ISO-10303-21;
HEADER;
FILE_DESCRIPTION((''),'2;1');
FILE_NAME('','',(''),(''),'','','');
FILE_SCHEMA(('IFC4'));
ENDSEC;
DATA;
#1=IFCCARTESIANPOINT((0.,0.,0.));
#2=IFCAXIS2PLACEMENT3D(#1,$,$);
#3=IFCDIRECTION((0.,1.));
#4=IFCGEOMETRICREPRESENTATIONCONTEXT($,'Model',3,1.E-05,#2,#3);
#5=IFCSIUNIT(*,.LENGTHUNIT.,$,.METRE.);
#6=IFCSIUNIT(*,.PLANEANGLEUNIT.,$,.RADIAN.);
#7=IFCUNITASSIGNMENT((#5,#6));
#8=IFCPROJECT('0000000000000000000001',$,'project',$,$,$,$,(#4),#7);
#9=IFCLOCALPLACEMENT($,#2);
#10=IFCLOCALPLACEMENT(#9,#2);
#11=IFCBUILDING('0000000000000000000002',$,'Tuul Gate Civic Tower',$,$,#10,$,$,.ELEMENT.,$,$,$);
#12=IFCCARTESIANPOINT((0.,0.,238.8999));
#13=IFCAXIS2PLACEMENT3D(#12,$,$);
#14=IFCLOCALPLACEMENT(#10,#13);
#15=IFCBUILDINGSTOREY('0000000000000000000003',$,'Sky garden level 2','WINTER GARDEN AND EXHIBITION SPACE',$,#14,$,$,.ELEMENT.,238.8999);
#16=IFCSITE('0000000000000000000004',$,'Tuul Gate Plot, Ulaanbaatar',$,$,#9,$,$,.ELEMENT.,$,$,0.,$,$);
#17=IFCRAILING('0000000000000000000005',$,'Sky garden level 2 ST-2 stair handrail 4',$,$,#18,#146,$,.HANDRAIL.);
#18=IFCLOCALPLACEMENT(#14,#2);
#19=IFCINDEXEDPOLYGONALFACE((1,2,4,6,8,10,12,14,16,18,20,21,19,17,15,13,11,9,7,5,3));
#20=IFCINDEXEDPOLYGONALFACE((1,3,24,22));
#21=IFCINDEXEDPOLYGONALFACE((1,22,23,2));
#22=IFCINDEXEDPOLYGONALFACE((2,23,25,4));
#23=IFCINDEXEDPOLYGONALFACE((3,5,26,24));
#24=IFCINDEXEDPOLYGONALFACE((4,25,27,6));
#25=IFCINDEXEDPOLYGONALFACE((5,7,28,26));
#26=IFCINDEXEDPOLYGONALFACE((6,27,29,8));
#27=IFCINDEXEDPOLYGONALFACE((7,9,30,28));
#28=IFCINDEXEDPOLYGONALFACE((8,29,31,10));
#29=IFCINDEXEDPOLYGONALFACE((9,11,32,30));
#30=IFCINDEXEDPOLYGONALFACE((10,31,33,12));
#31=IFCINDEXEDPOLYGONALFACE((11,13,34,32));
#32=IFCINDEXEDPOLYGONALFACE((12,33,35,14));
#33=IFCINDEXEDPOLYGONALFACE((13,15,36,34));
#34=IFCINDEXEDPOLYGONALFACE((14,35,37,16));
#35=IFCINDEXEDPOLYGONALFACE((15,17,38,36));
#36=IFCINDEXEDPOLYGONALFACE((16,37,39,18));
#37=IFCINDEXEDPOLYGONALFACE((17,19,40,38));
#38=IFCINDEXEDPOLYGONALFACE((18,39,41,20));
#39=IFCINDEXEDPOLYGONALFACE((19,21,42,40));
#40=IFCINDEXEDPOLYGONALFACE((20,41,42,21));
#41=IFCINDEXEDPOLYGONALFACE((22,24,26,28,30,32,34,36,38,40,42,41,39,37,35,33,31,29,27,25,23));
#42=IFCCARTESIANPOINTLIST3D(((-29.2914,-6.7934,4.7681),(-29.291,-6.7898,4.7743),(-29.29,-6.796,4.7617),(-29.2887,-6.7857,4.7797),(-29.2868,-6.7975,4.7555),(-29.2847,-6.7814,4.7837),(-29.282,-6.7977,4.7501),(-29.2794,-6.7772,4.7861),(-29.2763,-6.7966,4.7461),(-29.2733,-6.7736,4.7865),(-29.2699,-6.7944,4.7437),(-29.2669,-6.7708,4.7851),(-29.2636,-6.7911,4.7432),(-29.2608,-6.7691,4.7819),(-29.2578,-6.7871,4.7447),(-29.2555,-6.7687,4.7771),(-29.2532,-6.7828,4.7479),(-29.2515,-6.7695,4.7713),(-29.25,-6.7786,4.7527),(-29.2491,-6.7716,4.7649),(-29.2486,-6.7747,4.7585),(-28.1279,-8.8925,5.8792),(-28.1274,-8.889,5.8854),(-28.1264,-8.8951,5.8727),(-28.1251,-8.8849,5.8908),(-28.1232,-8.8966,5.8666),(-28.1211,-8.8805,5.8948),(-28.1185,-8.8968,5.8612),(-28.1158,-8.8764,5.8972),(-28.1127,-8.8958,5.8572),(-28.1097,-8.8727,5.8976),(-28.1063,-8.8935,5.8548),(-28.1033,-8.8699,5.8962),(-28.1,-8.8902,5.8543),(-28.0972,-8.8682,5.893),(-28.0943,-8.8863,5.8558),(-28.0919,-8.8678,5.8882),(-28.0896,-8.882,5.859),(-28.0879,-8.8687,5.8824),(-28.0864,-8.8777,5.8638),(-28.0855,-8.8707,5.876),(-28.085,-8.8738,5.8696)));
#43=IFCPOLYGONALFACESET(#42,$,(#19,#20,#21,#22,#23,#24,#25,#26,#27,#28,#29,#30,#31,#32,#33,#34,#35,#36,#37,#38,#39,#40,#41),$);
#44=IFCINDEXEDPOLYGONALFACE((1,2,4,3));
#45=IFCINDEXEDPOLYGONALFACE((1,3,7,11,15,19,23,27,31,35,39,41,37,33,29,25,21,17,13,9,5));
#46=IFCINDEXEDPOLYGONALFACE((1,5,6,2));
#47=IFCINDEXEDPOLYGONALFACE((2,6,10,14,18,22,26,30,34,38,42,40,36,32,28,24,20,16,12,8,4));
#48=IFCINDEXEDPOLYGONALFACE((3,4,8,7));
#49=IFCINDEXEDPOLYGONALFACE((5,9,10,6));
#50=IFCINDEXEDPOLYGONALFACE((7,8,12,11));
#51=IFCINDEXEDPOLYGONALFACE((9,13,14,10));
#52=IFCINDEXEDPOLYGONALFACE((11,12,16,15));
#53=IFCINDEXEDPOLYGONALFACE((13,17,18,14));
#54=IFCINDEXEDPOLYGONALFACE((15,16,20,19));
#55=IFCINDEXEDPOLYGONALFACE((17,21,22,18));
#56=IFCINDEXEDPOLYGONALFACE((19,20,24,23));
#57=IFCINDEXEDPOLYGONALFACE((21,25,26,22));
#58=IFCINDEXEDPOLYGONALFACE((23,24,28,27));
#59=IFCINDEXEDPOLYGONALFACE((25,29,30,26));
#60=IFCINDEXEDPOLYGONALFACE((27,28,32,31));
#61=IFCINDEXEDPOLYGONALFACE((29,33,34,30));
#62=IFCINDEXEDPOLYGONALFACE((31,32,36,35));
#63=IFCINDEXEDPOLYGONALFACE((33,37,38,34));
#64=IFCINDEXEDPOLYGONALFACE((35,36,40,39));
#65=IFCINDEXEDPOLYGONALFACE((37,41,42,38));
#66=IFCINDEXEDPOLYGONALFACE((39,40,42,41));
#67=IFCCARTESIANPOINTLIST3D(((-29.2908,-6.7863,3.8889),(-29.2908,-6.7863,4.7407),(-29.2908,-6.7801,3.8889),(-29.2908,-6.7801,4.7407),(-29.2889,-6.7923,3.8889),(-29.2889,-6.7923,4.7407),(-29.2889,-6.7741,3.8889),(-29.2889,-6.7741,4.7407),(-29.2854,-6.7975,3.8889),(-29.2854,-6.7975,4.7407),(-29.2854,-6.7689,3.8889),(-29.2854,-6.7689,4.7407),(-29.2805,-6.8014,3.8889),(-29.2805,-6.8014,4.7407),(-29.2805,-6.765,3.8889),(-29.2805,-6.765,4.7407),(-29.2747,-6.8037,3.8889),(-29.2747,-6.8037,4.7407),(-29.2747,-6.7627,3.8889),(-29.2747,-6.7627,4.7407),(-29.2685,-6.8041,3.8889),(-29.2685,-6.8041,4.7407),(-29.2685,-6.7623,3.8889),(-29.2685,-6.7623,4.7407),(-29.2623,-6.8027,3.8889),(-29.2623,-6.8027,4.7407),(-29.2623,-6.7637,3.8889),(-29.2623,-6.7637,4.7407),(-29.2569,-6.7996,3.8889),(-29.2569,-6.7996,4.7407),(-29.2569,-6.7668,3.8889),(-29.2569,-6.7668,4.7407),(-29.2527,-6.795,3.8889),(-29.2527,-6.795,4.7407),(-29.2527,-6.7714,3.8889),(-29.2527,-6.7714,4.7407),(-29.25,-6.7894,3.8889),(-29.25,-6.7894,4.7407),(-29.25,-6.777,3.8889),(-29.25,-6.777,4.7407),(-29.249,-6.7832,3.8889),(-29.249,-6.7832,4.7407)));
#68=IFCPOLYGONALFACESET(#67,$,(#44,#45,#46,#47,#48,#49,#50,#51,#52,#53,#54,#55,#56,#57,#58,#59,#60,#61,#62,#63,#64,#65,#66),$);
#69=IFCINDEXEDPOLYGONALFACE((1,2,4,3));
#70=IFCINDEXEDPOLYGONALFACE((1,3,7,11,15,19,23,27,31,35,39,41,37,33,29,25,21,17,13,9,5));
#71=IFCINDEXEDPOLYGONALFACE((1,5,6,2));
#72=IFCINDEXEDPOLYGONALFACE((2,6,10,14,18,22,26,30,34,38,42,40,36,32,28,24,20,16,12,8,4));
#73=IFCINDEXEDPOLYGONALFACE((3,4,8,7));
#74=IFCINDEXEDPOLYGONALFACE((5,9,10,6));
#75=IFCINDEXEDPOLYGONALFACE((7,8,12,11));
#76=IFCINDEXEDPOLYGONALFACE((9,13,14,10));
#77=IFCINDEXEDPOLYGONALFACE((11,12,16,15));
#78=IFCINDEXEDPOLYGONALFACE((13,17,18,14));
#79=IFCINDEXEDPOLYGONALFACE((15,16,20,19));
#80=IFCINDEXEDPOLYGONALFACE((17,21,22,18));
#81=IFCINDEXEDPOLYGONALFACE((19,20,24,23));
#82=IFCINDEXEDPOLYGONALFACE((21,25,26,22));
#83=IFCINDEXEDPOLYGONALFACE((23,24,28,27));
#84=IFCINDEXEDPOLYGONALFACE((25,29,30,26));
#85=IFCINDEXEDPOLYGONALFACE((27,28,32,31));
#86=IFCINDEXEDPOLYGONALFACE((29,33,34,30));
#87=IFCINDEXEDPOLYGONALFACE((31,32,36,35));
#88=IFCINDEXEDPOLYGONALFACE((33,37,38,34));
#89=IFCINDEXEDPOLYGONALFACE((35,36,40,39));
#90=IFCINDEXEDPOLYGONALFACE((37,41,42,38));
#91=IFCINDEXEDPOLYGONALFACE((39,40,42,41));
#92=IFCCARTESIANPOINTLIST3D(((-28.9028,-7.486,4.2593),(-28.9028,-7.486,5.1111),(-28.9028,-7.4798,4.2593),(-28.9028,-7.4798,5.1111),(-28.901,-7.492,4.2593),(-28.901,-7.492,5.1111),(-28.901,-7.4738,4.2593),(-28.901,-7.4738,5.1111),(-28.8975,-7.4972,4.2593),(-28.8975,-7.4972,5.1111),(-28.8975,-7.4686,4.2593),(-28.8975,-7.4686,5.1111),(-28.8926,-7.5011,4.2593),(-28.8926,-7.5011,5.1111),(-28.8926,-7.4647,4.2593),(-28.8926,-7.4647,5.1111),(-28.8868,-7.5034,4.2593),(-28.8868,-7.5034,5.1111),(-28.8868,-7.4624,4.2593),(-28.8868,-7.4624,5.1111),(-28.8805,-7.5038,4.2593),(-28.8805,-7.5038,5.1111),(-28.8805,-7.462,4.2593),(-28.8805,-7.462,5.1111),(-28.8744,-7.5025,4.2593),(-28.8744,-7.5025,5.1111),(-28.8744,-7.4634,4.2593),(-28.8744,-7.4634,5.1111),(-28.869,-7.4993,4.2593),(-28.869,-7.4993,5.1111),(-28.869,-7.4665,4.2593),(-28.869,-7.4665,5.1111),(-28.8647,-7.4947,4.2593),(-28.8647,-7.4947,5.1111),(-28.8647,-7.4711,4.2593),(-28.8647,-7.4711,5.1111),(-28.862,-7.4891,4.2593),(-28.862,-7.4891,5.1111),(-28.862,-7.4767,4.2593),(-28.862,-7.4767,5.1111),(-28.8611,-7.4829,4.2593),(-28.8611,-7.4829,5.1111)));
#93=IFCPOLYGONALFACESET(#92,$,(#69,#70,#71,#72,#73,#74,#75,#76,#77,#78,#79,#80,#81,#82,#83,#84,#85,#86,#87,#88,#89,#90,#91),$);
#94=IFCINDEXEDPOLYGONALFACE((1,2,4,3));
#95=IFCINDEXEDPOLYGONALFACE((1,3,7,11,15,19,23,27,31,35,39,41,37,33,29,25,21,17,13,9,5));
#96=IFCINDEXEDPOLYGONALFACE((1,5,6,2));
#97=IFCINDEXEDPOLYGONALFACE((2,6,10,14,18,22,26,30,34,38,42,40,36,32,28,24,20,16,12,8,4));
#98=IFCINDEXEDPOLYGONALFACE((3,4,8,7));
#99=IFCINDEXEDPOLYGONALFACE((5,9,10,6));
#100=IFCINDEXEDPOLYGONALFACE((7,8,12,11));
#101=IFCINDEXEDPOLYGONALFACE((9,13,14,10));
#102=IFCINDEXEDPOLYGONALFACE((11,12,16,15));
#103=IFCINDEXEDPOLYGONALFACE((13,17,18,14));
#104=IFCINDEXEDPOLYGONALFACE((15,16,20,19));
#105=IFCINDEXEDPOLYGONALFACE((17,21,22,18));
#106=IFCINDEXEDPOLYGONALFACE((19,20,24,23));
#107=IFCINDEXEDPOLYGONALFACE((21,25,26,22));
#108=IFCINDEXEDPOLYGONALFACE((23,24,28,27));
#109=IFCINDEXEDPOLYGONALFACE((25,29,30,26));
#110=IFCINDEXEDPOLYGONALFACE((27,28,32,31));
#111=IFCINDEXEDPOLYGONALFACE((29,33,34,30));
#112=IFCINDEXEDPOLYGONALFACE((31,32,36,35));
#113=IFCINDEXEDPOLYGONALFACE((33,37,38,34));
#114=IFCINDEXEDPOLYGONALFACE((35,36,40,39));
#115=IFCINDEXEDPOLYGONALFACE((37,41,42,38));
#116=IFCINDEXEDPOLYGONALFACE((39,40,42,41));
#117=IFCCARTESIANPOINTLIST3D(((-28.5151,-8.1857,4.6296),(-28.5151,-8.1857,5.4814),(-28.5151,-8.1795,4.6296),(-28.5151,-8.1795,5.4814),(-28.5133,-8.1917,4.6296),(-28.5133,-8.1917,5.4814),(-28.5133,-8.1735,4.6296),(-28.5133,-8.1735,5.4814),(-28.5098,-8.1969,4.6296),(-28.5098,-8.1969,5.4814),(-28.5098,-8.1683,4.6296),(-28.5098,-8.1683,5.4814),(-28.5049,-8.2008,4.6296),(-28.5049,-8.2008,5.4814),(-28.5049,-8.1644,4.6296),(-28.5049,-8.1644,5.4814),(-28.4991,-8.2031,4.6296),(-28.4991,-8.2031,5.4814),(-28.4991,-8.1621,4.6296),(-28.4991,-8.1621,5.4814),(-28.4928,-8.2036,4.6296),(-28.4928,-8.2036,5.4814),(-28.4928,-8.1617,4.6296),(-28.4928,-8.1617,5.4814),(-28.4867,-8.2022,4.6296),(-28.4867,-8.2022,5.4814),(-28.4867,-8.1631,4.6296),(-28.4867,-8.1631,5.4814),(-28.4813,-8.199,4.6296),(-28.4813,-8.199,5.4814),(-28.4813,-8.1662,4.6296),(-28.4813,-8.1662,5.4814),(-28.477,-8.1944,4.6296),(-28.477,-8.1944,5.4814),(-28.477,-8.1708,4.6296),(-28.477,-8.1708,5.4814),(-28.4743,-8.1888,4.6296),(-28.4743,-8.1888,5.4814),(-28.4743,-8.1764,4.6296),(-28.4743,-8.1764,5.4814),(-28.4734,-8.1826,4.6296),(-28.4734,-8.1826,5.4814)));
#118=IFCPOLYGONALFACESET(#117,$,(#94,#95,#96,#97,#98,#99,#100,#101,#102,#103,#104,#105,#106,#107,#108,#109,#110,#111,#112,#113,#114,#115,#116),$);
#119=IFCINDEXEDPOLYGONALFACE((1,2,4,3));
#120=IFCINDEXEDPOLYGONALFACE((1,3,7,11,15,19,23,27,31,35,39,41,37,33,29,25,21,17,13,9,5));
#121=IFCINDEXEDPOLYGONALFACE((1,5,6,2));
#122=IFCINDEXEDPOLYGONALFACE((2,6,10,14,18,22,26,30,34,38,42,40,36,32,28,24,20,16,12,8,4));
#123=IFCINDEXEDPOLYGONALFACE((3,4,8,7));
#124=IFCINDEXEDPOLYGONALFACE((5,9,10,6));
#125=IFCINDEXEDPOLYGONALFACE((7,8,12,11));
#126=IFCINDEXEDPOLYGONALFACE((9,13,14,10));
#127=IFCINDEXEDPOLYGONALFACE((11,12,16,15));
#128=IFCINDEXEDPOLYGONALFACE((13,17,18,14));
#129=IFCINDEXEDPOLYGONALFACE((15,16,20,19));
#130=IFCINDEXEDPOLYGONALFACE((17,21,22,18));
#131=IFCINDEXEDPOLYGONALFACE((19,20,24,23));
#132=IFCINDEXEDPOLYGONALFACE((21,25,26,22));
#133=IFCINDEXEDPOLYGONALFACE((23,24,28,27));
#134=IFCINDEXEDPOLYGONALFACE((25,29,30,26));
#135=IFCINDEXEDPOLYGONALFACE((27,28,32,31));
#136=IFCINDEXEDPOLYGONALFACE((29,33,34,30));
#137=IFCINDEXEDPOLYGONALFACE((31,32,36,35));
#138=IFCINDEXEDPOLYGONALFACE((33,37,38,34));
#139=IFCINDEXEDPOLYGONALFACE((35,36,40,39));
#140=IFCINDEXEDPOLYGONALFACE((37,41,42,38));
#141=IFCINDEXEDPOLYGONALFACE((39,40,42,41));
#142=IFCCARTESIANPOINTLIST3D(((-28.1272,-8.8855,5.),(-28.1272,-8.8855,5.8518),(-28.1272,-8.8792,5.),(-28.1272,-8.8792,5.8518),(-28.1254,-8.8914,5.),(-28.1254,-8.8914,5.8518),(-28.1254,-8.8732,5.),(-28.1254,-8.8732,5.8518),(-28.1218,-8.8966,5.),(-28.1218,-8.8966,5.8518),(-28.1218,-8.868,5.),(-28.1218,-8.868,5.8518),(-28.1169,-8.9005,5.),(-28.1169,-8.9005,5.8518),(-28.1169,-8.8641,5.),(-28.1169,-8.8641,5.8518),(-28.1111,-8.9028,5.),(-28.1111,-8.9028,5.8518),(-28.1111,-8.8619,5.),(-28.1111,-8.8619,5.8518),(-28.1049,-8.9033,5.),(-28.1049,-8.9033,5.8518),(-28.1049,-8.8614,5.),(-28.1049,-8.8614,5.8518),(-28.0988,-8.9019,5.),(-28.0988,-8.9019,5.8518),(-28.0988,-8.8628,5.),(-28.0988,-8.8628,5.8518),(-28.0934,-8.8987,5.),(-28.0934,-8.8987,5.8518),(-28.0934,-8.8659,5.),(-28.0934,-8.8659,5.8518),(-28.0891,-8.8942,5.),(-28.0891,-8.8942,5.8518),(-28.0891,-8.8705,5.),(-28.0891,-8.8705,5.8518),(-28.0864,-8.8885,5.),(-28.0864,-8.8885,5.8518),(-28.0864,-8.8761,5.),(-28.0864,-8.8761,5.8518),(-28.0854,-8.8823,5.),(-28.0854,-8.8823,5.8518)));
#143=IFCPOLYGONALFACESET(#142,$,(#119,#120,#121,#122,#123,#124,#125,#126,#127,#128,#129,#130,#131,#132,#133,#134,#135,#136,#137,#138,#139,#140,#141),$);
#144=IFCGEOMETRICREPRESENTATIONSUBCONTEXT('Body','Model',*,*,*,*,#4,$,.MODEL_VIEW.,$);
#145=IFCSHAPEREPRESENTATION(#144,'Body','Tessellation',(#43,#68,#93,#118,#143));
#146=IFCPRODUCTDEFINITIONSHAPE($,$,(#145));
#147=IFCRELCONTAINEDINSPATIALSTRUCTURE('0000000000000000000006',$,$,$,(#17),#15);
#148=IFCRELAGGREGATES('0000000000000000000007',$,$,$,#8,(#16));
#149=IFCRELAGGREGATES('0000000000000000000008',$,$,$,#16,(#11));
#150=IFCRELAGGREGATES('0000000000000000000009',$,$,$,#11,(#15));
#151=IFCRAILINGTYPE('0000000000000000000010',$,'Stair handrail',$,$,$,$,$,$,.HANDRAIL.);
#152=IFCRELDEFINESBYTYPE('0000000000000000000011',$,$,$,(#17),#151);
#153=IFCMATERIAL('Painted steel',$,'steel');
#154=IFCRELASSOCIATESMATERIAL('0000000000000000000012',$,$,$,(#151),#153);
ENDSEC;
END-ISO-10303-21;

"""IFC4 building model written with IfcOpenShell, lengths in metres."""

from ifc_helpers import new_model, si_unit, direction, frame, origin, origin_2d, place, context, subcontext, project, spatial, circle, extrude, material, type_object, element, save


model = new_model("IFC4")

# Units and contexts
model_context = context("Model", 3, precision=1e-05, world=origin(), true_north=direction((0.0, 1.0)))
body_context = subcontext(model_context, "Body", "Model", "MODEL_VIEW")
ifc_project = project(units=[si_unit("LENGTHUNIT", "METRE"), si_unit("PLANEANGLEUNIT", "RADIAN")], contexts=[model_context])

# Site, building, storey
site_placement = place(None, origin())
site = spatial("IfcSite", under=ifc_project, at=site_placement, Name="Tuul Gate Plot, Ulaanbaatar", CompositionType="ELEMENT", RefElevation=0.0)
building_placement = place(site_placement, origin())
building = spatial("IfcBuilding", under=site, at=building_placement, Name="Tuul Gate Civic Tower", CompositionType="ELEMENT")
storey_placement = place(building_placement, frame((0.0, 0.0, 238.8999)))
storey = spatial("IfcBuildingStorey", under=building, at=storey_placement, Name="Sky garden level 2", Description="WINTER GARDEN AND EXHIBITION SPACE", CompositionType="ELEMENT", Elevation=238.8999)

# Railing
ifc_material_1 = material(Name="Painted steel", Category="steel")
railing_type = type_object("IfcRailingType", Name="Stair handrail", PredefinedType="HANDRAIL", material=ifc_material_1)
for number, where, name in (
    (1, (-29.27, -6.7832, 3.8889), "Sky garden level 2 ST-2 stair handrail 4"),
):
    element("IfcRailing", number, at=place(storey_placement, frame(where)), inside=storey, type_object=railing_type, Name=name, PredefinedType="HANDRAIL", context=body_context, shape_type="SweptSolid", body=[
        extrude(circle(Radius=0.0239, at=origin_2d()), frame((0.0, 0.0, 0.876), z_axis=(0.439956, -0.793692, 0.420109), x_axis=(0.874618, 0.484814, 0.0)), (0.0, 0.0, 1.0), 2.6448),
        extrude(circle(Radius=0.021, at=origin_2d()), origin(), (0.0, 0.0, 1.0), 0.8518),
        extrude(circle(Radius=0.021, at=origin_2d()), frame((0.3879, -0.6997, 0.3704)), (0.0, 0.0, 1.0), 0.8518),
        extrude(circle(Radius=0.021, at=origin_2d()), frame((0.7756, -1.3994, 0.7407)), (0.0, 0.0, 1.0), 0.8518),
        extrude(circle(Radius=0.021, at=origin_2d()), frame((1.1636, -2.0991, 1.1111)), (0.0, 0.0, 1.0), 0.8518),
    ])

save(model, "model.ifc")
